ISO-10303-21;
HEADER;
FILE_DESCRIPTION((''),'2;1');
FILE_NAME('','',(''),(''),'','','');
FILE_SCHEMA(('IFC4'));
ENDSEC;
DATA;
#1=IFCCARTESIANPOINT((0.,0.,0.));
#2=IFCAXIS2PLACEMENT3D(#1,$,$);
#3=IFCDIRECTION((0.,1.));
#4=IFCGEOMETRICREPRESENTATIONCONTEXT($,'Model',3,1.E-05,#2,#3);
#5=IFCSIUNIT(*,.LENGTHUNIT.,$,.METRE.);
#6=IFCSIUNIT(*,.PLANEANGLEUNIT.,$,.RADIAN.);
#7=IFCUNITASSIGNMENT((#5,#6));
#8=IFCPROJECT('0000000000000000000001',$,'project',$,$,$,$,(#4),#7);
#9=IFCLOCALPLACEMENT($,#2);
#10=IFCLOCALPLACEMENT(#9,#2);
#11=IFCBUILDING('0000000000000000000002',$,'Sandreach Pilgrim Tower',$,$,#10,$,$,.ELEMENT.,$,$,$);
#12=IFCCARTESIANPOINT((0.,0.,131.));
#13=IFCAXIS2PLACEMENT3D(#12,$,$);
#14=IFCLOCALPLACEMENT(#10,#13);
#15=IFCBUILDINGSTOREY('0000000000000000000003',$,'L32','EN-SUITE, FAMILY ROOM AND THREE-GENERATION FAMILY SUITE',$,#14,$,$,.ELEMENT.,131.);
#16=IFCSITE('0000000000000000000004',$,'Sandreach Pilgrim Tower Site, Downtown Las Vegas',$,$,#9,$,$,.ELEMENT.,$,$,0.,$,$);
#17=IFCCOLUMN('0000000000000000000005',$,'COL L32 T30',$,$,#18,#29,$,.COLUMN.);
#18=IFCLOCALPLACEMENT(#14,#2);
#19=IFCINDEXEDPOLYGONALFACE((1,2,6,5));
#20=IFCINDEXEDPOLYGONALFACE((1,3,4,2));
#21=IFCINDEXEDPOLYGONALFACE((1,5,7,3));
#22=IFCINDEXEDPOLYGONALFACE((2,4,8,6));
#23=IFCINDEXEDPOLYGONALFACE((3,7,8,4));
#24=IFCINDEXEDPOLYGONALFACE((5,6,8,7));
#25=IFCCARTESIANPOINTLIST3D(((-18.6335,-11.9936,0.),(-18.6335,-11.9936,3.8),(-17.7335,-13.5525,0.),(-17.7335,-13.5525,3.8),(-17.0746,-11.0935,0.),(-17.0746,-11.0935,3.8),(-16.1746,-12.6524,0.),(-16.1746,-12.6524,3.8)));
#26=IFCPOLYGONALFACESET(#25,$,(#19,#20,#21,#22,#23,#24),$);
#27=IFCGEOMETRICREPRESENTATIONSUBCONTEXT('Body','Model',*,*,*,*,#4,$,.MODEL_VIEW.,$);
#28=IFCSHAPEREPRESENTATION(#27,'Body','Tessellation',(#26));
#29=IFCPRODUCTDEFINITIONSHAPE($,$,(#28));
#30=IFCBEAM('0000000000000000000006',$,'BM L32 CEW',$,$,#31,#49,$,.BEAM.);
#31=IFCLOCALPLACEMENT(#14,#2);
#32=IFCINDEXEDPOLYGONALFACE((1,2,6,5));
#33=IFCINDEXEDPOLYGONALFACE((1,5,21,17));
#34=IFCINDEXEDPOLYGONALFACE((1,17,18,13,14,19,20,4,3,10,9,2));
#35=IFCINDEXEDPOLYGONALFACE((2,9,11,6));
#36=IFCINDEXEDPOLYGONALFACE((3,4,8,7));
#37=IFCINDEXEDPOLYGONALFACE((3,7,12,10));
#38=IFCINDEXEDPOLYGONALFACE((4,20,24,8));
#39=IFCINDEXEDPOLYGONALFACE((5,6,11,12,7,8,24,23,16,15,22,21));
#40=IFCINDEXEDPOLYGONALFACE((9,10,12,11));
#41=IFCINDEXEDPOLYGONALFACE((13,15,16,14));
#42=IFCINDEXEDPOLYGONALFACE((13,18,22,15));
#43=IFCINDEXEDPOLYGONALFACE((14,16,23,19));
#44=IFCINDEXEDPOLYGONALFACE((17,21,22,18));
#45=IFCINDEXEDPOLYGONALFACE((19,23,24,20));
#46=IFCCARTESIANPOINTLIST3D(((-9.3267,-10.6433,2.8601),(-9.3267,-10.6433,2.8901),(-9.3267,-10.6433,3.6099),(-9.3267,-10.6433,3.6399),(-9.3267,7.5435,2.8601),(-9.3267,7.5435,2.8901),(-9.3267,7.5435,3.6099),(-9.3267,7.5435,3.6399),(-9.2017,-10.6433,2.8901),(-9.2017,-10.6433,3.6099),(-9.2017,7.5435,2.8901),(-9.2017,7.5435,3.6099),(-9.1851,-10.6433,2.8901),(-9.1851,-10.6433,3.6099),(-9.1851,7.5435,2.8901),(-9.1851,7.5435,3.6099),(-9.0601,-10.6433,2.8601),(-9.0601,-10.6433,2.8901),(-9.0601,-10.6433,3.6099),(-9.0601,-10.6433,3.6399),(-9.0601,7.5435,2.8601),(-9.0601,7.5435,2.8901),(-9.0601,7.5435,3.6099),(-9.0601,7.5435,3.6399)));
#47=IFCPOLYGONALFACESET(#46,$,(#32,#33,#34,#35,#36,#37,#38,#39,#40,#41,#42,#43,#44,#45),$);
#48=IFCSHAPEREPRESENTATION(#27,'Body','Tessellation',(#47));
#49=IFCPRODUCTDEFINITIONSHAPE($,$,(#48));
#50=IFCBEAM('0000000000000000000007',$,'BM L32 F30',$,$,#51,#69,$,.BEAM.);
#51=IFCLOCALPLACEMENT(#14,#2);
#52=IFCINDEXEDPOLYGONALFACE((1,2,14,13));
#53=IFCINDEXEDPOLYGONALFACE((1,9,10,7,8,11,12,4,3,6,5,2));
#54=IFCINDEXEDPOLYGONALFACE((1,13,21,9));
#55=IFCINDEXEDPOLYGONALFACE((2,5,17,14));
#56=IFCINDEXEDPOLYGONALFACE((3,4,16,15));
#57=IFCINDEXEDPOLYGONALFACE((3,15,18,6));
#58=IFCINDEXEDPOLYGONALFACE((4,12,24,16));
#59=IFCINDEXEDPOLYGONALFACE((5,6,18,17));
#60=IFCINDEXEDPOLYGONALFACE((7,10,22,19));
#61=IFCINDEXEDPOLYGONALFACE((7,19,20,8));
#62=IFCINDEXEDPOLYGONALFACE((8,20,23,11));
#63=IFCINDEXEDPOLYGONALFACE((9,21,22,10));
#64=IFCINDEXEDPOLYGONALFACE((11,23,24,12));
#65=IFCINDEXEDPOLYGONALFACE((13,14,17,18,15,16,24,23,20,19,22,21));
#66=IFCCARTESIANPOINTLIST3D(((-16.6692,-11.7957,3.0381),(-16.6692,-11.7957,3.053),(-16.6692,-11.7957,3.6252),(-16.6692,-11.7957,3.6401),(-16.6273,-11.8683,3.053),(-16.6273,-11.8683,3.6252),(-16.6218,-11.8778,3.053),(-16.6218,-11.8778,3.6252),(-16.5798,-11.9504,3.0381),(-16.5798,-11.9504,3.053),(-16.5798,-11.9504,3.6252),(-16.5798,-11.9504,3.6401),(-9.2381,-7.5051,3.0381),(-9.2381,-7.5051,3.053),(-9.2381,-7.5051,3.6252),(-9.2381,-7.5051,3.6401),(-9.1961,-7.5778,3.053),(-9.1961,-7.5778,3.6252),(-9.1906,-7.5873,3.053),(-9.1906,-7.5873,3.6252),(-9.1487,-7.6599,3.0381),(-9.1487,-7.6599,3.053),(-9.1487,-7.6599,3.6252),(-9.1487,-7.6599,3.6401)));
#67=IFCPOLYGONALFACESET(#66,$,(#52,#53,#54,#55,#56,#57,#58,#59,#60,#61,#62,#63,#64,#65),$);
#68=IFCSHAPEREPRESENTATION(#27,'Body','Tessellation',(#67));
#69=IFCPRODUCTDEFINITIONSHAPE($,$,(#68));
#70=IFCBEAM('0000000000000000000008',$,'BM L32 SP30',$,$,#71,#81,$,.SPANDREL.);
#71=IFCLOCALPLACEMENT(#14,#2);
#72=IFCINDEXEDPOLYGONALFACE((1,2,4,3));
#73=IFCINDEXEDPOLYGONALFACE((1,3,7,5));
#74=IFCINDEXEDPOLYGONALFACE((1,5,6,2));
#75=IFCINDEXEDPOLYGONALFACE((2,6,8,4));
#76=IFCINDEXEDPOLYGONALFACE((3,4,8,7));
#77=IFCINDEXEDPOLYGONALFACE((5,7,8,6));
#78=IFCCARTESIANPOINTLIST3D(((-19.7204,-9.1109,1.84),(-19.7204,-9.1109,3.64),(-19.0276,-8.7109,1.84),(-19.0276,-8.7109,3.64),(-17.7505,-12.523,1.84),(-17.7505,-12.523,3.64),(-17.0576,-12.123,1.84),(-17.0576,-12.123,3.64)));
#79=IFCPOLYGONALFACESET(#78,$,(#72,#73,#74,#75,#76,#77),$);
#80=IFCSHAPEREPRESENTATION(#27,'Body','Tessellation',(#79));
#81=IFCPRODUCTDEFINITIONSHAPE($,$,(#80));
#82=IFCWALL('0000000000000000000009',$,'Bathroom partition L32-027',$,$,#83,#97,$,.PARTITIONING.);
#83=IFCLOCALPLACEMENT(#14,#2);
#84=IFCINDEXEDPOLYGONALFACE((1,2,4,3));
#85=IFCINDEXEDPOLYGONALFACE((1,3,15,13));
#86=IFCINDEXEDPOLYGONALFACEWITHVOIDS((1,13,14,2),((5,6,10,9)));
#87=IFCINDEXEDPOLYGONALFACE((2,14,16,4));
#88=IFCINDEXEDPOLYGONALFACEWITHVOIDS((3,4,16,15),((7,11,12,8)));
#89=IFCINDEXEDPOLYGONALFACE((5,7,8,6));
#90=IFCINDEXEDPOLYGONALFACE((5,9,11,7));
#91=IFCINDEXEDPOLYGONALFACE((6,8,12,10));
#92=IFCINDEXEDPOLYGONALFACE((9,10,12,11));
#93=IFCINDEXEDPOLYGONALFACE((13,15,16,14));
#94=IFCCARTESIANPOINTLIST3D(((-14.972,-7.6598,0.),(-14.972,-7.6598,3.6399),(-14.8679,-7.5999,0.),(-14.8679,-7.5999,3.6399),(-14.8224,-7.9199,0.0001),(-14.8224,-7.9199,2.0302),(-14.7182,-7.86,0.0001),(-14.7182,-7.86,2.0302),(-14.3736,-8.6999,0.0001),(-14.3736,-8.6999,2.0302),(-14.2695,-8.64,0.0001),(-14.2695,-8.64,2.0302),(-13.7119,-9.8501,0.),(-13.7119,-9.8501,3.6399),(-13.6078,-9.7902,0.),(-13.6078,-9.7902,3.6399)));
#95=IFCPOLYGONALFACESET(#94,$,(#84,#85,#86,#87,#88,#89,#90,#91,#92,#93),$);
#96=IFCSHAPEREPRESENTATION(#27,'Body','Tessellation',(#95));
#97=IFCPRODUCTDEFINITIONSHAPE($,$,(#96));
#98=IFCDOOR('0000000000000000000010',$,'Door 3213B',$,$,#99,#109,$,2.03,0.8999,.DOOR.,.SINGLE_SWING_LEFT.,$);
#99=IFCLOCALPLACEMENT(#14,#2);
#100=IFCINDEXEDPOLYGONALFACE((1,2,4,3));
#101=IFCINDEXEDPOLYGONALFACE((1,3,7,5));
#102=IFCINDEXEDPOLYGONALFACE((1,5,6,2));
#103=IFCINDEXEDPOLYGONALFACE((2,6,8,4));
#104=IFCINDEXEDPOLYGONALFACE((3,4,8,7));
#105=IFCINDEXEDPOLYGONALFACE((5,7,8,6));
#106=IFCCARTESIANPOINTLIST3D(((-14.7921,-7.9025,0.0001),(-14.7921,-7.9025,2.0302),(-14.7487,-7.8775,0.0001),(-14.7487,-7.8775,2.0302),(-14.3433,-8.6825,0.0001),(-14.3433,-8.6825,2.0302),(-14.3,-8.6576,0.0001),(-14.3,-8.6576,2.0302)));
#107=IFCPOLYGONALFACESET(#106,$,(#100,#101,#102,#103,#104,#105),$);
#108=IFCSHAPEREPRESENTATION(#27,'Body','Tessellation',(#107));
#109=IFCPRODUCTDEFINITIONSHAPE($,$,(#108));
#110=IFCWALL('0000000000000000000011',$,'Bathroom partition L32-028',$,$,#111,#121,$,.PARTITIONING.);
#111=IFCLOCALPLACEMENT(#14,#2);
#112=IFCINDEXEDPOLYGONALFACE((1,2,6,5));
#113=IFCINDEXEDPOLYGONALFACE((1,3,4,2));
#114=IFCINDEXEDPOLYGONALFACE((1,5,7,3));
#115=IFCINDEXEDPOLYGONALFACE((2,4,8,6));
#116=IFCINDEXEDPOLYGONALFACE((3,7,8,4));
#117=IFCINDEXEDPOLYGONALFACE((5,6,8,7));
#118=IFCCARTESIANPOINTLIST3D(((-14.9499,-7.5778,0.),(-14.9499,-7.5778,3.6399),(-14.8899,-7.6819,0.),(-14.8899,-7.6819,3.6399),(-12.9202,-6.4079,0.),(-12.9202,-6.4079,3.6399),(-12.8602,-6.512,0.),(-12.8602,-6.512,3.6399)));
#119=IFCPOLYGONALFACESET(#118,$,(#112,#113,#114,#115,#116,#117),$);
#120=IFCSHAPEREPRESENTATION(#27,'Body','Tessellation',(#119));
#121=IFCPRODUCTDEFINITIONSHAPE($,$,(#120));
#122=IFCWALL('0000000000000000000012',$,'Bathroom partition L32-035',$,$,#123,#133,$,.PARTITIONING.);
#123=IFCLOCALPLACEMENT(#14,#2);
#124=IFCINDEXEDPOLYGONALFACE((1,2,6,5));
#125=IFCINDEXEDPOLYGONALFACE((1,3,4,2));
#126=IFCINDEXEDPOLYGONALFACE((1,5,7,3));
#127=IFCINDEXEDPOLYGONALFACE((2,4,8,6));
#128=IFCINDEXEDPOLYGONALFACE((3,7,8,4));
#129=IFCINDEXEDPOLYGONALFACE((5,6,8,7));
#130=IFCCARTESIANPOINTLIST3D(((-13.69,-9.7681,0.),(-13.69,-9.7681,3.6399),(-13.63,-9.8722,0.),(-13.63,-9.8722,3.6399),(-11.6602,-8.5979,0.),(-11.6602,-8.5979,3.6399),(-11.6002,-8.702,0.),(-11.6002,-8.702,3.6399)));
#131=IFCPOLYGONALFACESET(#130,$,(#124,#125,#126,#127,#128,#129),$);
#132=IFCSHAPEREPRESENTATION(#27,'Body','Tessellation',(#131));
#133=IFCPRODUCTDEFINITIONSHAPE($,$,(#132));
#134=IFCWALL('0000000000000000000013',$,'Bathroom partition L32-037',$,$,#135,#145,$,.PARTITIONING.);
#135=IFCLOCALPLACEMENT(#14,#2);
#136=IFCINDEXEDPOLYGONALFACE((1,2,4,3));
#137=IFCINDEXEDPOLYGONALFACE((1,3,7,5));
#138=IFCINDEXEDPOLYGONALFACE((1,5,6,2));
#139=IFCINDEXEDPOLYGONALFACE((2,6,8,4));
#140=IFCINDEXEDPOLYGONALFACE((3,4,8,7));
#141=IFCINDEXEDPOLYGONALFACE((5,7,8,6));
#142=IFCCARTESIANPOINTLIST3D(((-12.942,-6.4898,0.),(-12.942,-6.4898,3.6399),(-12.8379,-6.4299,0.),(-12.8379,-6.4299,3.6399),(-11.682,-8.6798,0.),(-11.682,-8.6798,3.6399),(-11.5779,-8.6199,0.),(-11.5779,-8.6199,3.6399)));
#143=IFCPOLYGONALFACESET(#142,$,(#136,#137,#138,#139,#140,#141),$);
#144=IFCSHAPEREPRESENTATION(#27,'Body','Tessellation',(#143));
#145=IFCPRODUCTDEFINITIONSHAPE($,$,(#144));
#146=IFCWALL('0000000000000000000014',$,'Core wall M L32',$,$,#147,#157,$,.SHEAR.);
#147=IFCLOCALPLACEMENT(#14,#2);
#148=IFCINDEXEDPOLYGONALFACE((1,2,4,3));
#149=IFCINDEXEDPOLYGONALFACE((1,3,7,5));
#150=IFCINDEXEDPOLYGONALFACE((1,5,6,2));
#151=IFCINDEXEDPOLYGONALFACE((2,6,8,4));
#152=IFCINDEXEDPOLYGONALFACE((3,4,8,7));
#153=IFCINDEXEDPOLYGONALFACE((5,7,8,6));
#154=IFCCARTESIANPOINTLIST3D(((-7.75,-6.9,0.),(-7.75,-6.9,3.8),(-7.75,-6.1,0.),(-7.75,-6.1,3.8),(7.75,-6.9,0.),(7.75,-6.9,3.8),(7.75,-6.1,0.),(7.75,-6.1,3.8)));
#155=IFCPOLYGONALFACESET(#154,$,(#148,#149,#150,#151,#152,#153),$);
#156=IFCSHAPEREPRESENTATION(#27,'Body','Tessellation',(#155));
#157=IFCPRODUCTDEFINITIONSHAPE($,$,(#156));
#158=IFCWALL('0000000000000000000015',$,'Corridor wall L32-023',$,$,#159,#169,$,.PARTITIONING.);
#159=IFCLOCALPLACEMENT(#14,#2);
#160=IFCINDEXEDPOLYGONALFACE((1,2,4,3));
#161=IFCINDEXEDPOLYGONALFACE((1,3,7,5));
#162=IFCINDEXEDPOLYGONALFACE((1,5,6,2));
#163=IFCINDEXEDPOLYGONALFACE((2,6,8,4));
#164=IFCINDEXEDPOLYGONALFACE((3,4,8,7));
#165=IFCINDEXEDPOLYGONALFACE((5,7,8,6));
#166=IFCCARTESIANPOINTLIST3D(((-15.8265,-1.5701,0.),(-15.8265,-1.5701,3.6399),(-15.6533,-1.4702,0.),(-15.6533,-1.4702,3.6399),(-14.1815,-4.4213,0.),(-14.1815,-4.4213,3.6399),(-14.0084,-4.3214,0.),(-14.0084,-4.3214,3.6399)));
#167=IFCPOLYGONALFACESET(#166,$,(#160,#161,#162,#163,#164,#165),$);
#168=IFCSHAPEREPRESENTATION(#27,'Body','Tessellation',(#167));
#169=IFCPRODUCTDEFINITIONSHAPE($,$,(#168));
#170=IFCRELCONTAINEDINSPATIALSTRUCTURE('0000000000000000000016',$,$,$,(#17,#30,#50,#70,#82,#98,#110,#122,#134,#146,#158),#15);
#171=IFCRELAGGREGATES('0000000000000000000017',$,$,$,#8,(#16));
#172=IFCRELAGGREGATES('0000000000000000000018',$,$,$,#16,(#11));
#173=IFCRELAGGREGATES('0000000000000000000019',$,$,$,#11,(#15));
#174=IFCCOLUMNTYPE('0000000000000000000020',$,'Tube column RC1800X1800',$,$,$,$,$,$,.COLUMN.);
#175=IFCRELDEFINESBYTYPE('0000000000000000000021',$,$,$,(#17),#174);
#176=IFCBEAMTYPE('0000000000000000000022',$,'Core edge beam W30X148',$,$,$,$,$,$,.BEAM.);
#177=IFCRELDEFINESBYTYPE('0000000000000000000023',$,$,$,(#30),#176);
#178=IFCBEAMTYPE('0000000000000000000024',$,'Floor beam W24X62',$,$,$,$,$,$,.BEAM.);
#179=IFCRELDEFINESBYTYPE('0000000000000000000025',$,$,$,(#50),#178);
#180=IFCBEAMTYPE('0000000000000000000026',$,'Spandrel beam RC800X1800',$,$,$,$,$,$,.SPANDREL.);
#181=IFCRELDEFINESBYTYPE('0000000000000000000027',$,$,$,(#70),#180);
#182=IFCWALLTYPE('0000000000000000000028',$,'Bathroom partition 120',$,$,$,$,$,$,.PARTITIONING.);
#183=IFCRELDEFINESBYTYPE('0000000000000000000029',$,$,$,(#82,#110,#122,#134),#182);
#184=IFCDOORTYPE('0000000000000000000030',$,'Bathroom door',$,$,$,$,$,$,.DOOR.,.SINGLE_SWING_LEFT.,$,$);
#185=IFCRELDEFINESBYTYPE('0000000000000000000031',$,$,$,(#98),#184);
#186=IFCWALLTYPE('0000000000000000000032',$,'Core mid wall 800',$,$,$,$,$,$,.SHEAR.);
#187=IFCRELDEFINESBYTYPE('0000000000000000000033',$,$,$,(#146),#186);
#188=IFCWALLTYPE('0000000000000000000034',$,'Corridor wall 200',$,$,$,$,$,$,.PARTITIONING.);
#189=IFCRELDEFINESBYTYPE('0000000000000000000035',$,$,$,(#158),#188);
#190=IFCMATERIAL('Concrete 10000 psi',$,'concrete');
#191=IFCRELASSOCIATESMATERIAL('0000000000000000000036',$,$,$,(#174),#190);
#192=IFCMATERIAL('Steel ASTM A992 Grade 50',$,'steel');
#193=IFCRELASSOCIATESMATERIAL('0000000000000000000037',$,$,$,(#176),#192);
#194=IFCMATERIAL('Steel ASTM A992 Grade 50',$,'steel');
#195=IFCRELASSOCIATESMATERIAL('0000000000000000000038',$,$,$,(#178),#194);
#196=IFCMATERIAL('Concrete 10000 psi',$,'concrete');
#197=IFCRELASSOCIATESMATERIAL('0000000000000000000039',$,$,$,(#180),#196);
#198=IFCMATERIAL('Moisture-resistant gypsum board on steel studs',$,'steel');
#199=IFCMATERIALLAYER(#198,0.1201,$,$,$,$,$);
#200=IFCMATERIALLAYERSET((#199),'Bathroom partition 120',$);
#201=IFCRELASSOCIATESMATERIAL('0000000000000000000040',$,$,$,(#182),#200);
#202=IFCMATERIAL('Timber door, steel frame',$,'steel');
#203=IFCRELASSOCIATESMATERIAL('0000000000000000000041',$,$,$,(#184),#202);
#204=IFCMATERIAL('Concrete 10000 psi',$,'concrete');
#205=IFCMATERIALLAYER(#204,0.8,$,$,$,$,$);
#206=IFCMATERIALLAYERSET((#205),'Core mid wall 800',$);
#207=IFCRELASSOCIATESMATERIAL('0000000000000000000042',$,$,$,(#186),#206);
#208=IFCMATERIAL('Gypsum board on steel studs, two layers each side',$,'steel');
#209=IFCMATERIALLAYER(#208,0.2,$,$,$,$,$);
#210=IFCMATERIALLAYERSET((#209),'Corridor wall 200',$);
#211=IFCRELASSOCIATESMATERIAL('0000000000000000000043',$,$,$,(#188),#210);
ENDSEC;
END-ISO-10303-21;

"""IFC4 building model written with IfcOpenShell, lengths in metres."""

from ifc_helpers import new_model, si_unit, direction, frame, frame_2d, origin, origin_2d, place, context, subcontext, project, spatial, rectangle, i_section, extrude, material, layer, layer_set, material_profile, profile_set, type_object, element, fill, save


model = new_model("IFC4")

# Units and contexts
model_context = context("Model", 3, precision=1e-05, world=origin(), true_north=direction((0.0, 1.0)))
body_context = subcontext(model_context, "Body", "Model", "MODEL_VIEW")
ifc_project = project(units=[si_unit("LENGTHUNIT", "METRE"), si_unit("PLANEANGLEUNIT", "RADIAN")], contexts=[model_context])

# Site, building, storey
site_placement = place(None, origin())
site = spatial("IfcSite", under=ifc_project, at=site_placement, Name="Sandreach Pilgrim Tower Site, Downtown Las Vegas", CompositionType="ELEMENT", RefElevation=0.0)
building_placement = place(site_placement, origin())
building = spatial("IfcBuilding", under=site, at=building_placement, Name="Sandreach Pilgrim Tower", CompositionType="ELEMENT")
storey_placement = place(building_placement, frame((0.0, 0.0, 131.0)))
storey = spatial("IfcBuildingStorey", under=building, at=storey_placement, Name="L32", Description="EN-SUITE, FAMILY ROOM AND THREE-GENERATION FAMILY SUITE", CompositionType="ELEMENT", Elevation=131.0)

# Column
ifc_material_1 = material(Name="Concrete 10000 psi", Category="concrete")
ifc_material_profile_1 = material_profile(ifc_material_1, rectangle(XDim=1.8, YDim=1.8, at=origin_2d()), Name="RC1800X1800")
ifc_profile_set_1 = profile_set([ifc_material_profile_1], Name="Concrete 10000 psi")
column_type = type_object("IfcColumnType", Name="Tube column RC1800X1800", PredefinedType="COLUMN", material=ifc_profile_set_1)
column_placement = place(storey_placement, frame((-17.4041, -12.323, 0.0), z_axis=(0.0, 0.0, 1.0), x_axis=(-0.866025, -0.5, 0.0)))
element("IfcColumn", 1, at=column_placement, inside=storey, type_object=column_type, Name="COL L32 T30", PredefinedType="COLUMN", context=body_context, shape_type="SweptSolid", body=[
    extrude(rectangle(XDim=1.8, YDim=1.8, at=origin_2d()), origin(), (0.0, 0.0, 1.0), 3.8),
])

# Beams
ifc_material_2 = material(Name="Steel ASTM A992 Grade 50", Category="steel")
ifc_material_profile_2 = material_profile(ifc_material_2, i_section(OverallWidth=0.2666, OverallDepth=0.7798, WebThickness=0.0166, FlangeThickness=0.03, at=origin_2d()), Name="W30X148")
ifc_profile_set_2 = profile_set([ifc_material_profile_2], Name="Steel ASTM A992 Grade 50")
beam_type_1 = type_object("IfcBeamType", Name="Core edge beam W30X148", PredefinedType="BEAM", material=ifc_profile_set_2)
beam_1_placement = place(storey_placement, frame((-9.1934, -10.6433, 3.25), z_axis=(0.0, 1.0, 0.0), x_axis=(-1.0, 0.0, 0.0)))
element("IfcBeam", 2, at=beam_1_placement, inside=storey, type_object=beam_type_1, Name="BM L32 CEW", PredefinedType="BEAM", context=body_context, shape_type="SweptSolid", body=[
    extrude(i_section(OverallWidth=0.2666, OverallDepth=0.7798, WebThickness=0.0166, FlangeThickness=0.03, at=origin_2d()), origin(), (0.0, 0.0, 1.0), 18.1868),
])
ifc_material_3 = material(Name="Steel ASTM A992 Grade 50", Category="steel")
ifc_material_profile_3 = material_profile(ifc_material_3, i_section(OverallWidth=0.1787, OverallDepth=0.6021, WebThickness=0.011, FlangeThickness=0.0149, at=origin_2d()), Name="W24X62")
ifc_profile_set_3 = profile_set([ifc_material_profile_3], Name="Steel ASTM A992 Grade 50")
beam_type_2 = type_object("IfcBeamType", Name="Floor beam W24X62", PredefinedType="BEAM", material=ifc_profile_set_3)
beam_2_placement = place(storey_placement, frame((-16.6245, -11.873, 3.3391), z_axis=(0.866018, 0.500013, 0.0), x_axis=(-0.500013, 0.866018, 0.0)))
element("IfcBeam", 3, at=beam_2_placement, inside=storey, type_object=beam_type_2, Name="BM L32 F30", PredefinedType="BEAM", context=body_context, shape_type="SweptSolid", body=[
    extrude(i_section(OverallWidth=0.1787, OverallDepth=0.6021, WebThickness=0.011, FlangeThickness=0.0149, at=origin_2d()), origin(), (0.0, 0.0, 1.0), 8.5808),
])
ifc_material_4 = material(Name="Concrete 10000 psi", Category="concrete")
ifc_material_profile_4 = material_profile(ifc_material_4, rectangle(XDim=0.8, YDim=1.8, at=origin_2d()), Name="RC800X1800")
ifc_profile_set_4 = profile_set([ifc_material_profile_4], Name="Concrete 10000 psi")
beam_type_3 = type_object("IfcBeamType", Name="Spandrel beam RC800X1800", PredefinedType="SPANDREL", material=ifc_profile_set_4)
beam_3_placement = place(storey_placement, frame((-17.4041, -12.323, 2.74), z_axis=(-0.499998, 0.866027, 0.0), x_axis=(-0.866027, -0.499998, 0.0)))
element("IfcBeam", 4, at=beam_3_placement, inside=storey, type_object=beam_type_3, Name="BM L32 SP30", PredefinedType="SPANDREL", context=body_context, shape_type="SweptSolid", body=[
    extrude(rectangle(XDim=0.8, YDim=1.8, at=origin_2d()), origin(), (0.0, 0.0, 1.0), 3.9399),
])

# Wall, opening, door
ifc_material_5 = material(Name="Moisture-resistant gypsum board on steel studs", Category="steel")
ifc_layer_1 = layer(ifc_material_5, 0.1201)
ifc_layer_set_1 = layer_set([ifc_layer_1], Name="Bathroom partition 120")
wall_type_1 = type_object("IfcWallType", Name="Bathroom partition 120", PredefinedType="PARTITIONING", material=ifc_layer_set_1)
wall_1_placement = place(storey_placement, frame((-14.9199, -7.6299, 0.0), z_axis=(0.0, 0.0, 1.0), x_axis=(0.498665, -0.866795, 0.0)))
wall_1 = element("IfcWall", 5, at=wall_1_placement, inside=storey, type_object=wall_type_1, Name="Bathroom partition L32-027", PredefinedType="PARTITIONING", context=body_context, shape_type="SweptSolid", body=[
    extrude(rectangle(XDim=2.5269, YDim=0.1201, at=frame_2d((1.2634, 0.0))), origin(), (0.0, 0.0, 1.0), 3.6399),
])
opening_1_placement = place(wall_1_placement, frame((0.3, 0.0, 0.0)))
opening_1 = element("IfcOpeningElement", 6, at=opening_1_placement, cuts=wall_1, PredefinedType="OPENING", context=body_context, shape_type="SweptSolid", body=[
    extrude(rectangle(XDim=0.8999, YDim=2.03, at=frame_2d((0.45, 1.0151))), frame((0.0, 0.0601, 0.0), z_axis=(0.0, -1.0, 0.0), x_axis=(1.0, 0.0, 0.0)), (0.0, 0.0, 1.0), 0.1201),
])
ifc_material_6 = material(Name="Timber door, steel frame", Category="steel")
door_type_1 = type_object("IfcDoorType", Name="Bathroom door", OperationType="SINGLE_SWING_LEFT", PredefinedType="DOOR", material=ifc_material_6)
door_1_placement = place(opening_1_placement, origin())
door_1 = element("IfcDoor", 7, at=door_1_placement, inside=storey, type_object=door_type_1, Name="Door 3213B", OperationType="SINGLE_SWING_LEFT", OverallHeight=2.03, OverallWidth=0.8999, PredefinedType="DOOR", context=body_context, shape_type="SweptSolid", body=[
    extrude(rectangle(XDim=0.8999, YDim=2.03, at=frame_2d((0.45, 1.0151))), frame((0.0, 0.0249, 0.0), z_axis=(0.0, -1.0, 0.0), x_axis=(1.0, 0.0, 0.0)), (0.0, 0.0, 1.0), 0.05),
])
fill(opening_1, door_1)

# Walls
wall_2_placement = place(storey_placement, frame((-14.9199, -7.6299, 0.0), z_axis=(0.0, 0.0, 1.0), x_axis=(0.86639, 0.499368, 0.0)))
element("IfcWall", 8, at=wall_2_placement, inside=storey, type_object=wall_type_1, Name="Bathroom partition L32-028", PredefinedType="PARTITIONING", context=body_context, shape_type="SweptSolid", body=[
    extrude(rectangle(XDim=2.3428, YDim=0.1201, at=frame_2d((1.1714, 0.0))), origin(), (0.0, 0.0, 1.0), 3.6399),
])
wall_3_placement = place(storey_placement, frame((-13.6599, -9.8201, 0.0), z_axis=(0.0, 0.0, 1.0), x_axis=(0.866345, 0.499446, 0.0)))
element("IfcWall", 9, at=wall_3_placement, inside=storey, type_object=wall_type_1, Name="Bathroom partition L32-035", PredefinedType="PARTITIONING", context=body_context, shape_type="SweptSolid", body=[
    extrude(rectangle(XDim=2.343, YDim=0.1201, at=frame_2d((1.1714, 0.0))), origin(), (0.0, 0.0, 1.0), 3.6399),
])
wall_4_placement = place(storey_placement, frame((-12.8899, -6.46, 0.0), z_axis=(0.0, 0.0, 1.0), x_axis=(0.498707, -0.866771, 0.0)))
element("IfcWall", 10, at=wall_4_placement, inside=storey, type_object=wall_type_1, Name="Bathroom partition L32-037", PredefinedType="PARTITIONING", context=body_context, shape_type="SweptSolid", body=[
    extrude(rectangle(XDim=2.5266, YDim=0.1201, at=frame_2d((1.2632, 0.0))), origin(), (0.0, 0.0, 1.0), 3.6399),
])
ifc_material_7 = material(Name="Concrete 10000 psi", Category="concrete")
ifc_layer_2 = layer(ifc_material_7, 0.8)
ifc_layer_set_2 = layer_set([ifc_layer_2], Name="Core mid wall 800")
wall_type_2 = type_object("IfcWallType", Name="Core mid wall 800", PredefinedType="SHEAR", material=ifc_layer_set_2)
wall_5_placement = place(storey_placement, frame((-7.75, -6.5, 0.0), z_axis=(0.0, 0.0, 1.0), x_axis=(1.0, 0.0, 0.0)))
element("IfcWall", 11, at=wall_5_placement, inside=storey, type_object=wall_type_2, Name="Core wall M L32", PredefinedType="SHEAR", context=body_context, shape_type="SweptSolid", body=[
    extrude(rectangle(XDim=15.5, YDim=0.8, at=frame_2d((7.75, 0.0))), origin(), (0.0, 0.0, 1.0), 3.8),
])

# Wall
ifc_material_8 = material(Name="Gypsum board on steel studs, two layers each side", Category="steel")
ifc_layer_3 = layer(ifc_material_8, 0.2)
ifc_layer_set_3 = layer_set([ifc_layer_3], Name="Corridor wall 200")
wall_type_3 = type_object("IfcWallType", Name="Corridor wall 200", PredefinedType="PARTITIONING", material=ifc_layer_set_3)
wall_6_placement = place(storey_placement, frame((-15.74, -1.52, 0.0), z_axis=(0.0, 0.0, 1.0), x_axis=(0.499729, -0.866182, 0.0)))
element("IfcWall", 12, at=wall_6_placement, inside=storey, type_object=wall_type_3, Name="Corridor wall L32-023", PredefinedType="PARTITIONING", context=body_context, shape_type="SweptSolid", body=[
    extrude(rectangle(XDim=3.2917, YDim=0.2, at=frame_2d((1.646, 0.0))), origin(), (0.0, 0.0, 1.0), 3.6399),
])

save(model, "model.ifc")
